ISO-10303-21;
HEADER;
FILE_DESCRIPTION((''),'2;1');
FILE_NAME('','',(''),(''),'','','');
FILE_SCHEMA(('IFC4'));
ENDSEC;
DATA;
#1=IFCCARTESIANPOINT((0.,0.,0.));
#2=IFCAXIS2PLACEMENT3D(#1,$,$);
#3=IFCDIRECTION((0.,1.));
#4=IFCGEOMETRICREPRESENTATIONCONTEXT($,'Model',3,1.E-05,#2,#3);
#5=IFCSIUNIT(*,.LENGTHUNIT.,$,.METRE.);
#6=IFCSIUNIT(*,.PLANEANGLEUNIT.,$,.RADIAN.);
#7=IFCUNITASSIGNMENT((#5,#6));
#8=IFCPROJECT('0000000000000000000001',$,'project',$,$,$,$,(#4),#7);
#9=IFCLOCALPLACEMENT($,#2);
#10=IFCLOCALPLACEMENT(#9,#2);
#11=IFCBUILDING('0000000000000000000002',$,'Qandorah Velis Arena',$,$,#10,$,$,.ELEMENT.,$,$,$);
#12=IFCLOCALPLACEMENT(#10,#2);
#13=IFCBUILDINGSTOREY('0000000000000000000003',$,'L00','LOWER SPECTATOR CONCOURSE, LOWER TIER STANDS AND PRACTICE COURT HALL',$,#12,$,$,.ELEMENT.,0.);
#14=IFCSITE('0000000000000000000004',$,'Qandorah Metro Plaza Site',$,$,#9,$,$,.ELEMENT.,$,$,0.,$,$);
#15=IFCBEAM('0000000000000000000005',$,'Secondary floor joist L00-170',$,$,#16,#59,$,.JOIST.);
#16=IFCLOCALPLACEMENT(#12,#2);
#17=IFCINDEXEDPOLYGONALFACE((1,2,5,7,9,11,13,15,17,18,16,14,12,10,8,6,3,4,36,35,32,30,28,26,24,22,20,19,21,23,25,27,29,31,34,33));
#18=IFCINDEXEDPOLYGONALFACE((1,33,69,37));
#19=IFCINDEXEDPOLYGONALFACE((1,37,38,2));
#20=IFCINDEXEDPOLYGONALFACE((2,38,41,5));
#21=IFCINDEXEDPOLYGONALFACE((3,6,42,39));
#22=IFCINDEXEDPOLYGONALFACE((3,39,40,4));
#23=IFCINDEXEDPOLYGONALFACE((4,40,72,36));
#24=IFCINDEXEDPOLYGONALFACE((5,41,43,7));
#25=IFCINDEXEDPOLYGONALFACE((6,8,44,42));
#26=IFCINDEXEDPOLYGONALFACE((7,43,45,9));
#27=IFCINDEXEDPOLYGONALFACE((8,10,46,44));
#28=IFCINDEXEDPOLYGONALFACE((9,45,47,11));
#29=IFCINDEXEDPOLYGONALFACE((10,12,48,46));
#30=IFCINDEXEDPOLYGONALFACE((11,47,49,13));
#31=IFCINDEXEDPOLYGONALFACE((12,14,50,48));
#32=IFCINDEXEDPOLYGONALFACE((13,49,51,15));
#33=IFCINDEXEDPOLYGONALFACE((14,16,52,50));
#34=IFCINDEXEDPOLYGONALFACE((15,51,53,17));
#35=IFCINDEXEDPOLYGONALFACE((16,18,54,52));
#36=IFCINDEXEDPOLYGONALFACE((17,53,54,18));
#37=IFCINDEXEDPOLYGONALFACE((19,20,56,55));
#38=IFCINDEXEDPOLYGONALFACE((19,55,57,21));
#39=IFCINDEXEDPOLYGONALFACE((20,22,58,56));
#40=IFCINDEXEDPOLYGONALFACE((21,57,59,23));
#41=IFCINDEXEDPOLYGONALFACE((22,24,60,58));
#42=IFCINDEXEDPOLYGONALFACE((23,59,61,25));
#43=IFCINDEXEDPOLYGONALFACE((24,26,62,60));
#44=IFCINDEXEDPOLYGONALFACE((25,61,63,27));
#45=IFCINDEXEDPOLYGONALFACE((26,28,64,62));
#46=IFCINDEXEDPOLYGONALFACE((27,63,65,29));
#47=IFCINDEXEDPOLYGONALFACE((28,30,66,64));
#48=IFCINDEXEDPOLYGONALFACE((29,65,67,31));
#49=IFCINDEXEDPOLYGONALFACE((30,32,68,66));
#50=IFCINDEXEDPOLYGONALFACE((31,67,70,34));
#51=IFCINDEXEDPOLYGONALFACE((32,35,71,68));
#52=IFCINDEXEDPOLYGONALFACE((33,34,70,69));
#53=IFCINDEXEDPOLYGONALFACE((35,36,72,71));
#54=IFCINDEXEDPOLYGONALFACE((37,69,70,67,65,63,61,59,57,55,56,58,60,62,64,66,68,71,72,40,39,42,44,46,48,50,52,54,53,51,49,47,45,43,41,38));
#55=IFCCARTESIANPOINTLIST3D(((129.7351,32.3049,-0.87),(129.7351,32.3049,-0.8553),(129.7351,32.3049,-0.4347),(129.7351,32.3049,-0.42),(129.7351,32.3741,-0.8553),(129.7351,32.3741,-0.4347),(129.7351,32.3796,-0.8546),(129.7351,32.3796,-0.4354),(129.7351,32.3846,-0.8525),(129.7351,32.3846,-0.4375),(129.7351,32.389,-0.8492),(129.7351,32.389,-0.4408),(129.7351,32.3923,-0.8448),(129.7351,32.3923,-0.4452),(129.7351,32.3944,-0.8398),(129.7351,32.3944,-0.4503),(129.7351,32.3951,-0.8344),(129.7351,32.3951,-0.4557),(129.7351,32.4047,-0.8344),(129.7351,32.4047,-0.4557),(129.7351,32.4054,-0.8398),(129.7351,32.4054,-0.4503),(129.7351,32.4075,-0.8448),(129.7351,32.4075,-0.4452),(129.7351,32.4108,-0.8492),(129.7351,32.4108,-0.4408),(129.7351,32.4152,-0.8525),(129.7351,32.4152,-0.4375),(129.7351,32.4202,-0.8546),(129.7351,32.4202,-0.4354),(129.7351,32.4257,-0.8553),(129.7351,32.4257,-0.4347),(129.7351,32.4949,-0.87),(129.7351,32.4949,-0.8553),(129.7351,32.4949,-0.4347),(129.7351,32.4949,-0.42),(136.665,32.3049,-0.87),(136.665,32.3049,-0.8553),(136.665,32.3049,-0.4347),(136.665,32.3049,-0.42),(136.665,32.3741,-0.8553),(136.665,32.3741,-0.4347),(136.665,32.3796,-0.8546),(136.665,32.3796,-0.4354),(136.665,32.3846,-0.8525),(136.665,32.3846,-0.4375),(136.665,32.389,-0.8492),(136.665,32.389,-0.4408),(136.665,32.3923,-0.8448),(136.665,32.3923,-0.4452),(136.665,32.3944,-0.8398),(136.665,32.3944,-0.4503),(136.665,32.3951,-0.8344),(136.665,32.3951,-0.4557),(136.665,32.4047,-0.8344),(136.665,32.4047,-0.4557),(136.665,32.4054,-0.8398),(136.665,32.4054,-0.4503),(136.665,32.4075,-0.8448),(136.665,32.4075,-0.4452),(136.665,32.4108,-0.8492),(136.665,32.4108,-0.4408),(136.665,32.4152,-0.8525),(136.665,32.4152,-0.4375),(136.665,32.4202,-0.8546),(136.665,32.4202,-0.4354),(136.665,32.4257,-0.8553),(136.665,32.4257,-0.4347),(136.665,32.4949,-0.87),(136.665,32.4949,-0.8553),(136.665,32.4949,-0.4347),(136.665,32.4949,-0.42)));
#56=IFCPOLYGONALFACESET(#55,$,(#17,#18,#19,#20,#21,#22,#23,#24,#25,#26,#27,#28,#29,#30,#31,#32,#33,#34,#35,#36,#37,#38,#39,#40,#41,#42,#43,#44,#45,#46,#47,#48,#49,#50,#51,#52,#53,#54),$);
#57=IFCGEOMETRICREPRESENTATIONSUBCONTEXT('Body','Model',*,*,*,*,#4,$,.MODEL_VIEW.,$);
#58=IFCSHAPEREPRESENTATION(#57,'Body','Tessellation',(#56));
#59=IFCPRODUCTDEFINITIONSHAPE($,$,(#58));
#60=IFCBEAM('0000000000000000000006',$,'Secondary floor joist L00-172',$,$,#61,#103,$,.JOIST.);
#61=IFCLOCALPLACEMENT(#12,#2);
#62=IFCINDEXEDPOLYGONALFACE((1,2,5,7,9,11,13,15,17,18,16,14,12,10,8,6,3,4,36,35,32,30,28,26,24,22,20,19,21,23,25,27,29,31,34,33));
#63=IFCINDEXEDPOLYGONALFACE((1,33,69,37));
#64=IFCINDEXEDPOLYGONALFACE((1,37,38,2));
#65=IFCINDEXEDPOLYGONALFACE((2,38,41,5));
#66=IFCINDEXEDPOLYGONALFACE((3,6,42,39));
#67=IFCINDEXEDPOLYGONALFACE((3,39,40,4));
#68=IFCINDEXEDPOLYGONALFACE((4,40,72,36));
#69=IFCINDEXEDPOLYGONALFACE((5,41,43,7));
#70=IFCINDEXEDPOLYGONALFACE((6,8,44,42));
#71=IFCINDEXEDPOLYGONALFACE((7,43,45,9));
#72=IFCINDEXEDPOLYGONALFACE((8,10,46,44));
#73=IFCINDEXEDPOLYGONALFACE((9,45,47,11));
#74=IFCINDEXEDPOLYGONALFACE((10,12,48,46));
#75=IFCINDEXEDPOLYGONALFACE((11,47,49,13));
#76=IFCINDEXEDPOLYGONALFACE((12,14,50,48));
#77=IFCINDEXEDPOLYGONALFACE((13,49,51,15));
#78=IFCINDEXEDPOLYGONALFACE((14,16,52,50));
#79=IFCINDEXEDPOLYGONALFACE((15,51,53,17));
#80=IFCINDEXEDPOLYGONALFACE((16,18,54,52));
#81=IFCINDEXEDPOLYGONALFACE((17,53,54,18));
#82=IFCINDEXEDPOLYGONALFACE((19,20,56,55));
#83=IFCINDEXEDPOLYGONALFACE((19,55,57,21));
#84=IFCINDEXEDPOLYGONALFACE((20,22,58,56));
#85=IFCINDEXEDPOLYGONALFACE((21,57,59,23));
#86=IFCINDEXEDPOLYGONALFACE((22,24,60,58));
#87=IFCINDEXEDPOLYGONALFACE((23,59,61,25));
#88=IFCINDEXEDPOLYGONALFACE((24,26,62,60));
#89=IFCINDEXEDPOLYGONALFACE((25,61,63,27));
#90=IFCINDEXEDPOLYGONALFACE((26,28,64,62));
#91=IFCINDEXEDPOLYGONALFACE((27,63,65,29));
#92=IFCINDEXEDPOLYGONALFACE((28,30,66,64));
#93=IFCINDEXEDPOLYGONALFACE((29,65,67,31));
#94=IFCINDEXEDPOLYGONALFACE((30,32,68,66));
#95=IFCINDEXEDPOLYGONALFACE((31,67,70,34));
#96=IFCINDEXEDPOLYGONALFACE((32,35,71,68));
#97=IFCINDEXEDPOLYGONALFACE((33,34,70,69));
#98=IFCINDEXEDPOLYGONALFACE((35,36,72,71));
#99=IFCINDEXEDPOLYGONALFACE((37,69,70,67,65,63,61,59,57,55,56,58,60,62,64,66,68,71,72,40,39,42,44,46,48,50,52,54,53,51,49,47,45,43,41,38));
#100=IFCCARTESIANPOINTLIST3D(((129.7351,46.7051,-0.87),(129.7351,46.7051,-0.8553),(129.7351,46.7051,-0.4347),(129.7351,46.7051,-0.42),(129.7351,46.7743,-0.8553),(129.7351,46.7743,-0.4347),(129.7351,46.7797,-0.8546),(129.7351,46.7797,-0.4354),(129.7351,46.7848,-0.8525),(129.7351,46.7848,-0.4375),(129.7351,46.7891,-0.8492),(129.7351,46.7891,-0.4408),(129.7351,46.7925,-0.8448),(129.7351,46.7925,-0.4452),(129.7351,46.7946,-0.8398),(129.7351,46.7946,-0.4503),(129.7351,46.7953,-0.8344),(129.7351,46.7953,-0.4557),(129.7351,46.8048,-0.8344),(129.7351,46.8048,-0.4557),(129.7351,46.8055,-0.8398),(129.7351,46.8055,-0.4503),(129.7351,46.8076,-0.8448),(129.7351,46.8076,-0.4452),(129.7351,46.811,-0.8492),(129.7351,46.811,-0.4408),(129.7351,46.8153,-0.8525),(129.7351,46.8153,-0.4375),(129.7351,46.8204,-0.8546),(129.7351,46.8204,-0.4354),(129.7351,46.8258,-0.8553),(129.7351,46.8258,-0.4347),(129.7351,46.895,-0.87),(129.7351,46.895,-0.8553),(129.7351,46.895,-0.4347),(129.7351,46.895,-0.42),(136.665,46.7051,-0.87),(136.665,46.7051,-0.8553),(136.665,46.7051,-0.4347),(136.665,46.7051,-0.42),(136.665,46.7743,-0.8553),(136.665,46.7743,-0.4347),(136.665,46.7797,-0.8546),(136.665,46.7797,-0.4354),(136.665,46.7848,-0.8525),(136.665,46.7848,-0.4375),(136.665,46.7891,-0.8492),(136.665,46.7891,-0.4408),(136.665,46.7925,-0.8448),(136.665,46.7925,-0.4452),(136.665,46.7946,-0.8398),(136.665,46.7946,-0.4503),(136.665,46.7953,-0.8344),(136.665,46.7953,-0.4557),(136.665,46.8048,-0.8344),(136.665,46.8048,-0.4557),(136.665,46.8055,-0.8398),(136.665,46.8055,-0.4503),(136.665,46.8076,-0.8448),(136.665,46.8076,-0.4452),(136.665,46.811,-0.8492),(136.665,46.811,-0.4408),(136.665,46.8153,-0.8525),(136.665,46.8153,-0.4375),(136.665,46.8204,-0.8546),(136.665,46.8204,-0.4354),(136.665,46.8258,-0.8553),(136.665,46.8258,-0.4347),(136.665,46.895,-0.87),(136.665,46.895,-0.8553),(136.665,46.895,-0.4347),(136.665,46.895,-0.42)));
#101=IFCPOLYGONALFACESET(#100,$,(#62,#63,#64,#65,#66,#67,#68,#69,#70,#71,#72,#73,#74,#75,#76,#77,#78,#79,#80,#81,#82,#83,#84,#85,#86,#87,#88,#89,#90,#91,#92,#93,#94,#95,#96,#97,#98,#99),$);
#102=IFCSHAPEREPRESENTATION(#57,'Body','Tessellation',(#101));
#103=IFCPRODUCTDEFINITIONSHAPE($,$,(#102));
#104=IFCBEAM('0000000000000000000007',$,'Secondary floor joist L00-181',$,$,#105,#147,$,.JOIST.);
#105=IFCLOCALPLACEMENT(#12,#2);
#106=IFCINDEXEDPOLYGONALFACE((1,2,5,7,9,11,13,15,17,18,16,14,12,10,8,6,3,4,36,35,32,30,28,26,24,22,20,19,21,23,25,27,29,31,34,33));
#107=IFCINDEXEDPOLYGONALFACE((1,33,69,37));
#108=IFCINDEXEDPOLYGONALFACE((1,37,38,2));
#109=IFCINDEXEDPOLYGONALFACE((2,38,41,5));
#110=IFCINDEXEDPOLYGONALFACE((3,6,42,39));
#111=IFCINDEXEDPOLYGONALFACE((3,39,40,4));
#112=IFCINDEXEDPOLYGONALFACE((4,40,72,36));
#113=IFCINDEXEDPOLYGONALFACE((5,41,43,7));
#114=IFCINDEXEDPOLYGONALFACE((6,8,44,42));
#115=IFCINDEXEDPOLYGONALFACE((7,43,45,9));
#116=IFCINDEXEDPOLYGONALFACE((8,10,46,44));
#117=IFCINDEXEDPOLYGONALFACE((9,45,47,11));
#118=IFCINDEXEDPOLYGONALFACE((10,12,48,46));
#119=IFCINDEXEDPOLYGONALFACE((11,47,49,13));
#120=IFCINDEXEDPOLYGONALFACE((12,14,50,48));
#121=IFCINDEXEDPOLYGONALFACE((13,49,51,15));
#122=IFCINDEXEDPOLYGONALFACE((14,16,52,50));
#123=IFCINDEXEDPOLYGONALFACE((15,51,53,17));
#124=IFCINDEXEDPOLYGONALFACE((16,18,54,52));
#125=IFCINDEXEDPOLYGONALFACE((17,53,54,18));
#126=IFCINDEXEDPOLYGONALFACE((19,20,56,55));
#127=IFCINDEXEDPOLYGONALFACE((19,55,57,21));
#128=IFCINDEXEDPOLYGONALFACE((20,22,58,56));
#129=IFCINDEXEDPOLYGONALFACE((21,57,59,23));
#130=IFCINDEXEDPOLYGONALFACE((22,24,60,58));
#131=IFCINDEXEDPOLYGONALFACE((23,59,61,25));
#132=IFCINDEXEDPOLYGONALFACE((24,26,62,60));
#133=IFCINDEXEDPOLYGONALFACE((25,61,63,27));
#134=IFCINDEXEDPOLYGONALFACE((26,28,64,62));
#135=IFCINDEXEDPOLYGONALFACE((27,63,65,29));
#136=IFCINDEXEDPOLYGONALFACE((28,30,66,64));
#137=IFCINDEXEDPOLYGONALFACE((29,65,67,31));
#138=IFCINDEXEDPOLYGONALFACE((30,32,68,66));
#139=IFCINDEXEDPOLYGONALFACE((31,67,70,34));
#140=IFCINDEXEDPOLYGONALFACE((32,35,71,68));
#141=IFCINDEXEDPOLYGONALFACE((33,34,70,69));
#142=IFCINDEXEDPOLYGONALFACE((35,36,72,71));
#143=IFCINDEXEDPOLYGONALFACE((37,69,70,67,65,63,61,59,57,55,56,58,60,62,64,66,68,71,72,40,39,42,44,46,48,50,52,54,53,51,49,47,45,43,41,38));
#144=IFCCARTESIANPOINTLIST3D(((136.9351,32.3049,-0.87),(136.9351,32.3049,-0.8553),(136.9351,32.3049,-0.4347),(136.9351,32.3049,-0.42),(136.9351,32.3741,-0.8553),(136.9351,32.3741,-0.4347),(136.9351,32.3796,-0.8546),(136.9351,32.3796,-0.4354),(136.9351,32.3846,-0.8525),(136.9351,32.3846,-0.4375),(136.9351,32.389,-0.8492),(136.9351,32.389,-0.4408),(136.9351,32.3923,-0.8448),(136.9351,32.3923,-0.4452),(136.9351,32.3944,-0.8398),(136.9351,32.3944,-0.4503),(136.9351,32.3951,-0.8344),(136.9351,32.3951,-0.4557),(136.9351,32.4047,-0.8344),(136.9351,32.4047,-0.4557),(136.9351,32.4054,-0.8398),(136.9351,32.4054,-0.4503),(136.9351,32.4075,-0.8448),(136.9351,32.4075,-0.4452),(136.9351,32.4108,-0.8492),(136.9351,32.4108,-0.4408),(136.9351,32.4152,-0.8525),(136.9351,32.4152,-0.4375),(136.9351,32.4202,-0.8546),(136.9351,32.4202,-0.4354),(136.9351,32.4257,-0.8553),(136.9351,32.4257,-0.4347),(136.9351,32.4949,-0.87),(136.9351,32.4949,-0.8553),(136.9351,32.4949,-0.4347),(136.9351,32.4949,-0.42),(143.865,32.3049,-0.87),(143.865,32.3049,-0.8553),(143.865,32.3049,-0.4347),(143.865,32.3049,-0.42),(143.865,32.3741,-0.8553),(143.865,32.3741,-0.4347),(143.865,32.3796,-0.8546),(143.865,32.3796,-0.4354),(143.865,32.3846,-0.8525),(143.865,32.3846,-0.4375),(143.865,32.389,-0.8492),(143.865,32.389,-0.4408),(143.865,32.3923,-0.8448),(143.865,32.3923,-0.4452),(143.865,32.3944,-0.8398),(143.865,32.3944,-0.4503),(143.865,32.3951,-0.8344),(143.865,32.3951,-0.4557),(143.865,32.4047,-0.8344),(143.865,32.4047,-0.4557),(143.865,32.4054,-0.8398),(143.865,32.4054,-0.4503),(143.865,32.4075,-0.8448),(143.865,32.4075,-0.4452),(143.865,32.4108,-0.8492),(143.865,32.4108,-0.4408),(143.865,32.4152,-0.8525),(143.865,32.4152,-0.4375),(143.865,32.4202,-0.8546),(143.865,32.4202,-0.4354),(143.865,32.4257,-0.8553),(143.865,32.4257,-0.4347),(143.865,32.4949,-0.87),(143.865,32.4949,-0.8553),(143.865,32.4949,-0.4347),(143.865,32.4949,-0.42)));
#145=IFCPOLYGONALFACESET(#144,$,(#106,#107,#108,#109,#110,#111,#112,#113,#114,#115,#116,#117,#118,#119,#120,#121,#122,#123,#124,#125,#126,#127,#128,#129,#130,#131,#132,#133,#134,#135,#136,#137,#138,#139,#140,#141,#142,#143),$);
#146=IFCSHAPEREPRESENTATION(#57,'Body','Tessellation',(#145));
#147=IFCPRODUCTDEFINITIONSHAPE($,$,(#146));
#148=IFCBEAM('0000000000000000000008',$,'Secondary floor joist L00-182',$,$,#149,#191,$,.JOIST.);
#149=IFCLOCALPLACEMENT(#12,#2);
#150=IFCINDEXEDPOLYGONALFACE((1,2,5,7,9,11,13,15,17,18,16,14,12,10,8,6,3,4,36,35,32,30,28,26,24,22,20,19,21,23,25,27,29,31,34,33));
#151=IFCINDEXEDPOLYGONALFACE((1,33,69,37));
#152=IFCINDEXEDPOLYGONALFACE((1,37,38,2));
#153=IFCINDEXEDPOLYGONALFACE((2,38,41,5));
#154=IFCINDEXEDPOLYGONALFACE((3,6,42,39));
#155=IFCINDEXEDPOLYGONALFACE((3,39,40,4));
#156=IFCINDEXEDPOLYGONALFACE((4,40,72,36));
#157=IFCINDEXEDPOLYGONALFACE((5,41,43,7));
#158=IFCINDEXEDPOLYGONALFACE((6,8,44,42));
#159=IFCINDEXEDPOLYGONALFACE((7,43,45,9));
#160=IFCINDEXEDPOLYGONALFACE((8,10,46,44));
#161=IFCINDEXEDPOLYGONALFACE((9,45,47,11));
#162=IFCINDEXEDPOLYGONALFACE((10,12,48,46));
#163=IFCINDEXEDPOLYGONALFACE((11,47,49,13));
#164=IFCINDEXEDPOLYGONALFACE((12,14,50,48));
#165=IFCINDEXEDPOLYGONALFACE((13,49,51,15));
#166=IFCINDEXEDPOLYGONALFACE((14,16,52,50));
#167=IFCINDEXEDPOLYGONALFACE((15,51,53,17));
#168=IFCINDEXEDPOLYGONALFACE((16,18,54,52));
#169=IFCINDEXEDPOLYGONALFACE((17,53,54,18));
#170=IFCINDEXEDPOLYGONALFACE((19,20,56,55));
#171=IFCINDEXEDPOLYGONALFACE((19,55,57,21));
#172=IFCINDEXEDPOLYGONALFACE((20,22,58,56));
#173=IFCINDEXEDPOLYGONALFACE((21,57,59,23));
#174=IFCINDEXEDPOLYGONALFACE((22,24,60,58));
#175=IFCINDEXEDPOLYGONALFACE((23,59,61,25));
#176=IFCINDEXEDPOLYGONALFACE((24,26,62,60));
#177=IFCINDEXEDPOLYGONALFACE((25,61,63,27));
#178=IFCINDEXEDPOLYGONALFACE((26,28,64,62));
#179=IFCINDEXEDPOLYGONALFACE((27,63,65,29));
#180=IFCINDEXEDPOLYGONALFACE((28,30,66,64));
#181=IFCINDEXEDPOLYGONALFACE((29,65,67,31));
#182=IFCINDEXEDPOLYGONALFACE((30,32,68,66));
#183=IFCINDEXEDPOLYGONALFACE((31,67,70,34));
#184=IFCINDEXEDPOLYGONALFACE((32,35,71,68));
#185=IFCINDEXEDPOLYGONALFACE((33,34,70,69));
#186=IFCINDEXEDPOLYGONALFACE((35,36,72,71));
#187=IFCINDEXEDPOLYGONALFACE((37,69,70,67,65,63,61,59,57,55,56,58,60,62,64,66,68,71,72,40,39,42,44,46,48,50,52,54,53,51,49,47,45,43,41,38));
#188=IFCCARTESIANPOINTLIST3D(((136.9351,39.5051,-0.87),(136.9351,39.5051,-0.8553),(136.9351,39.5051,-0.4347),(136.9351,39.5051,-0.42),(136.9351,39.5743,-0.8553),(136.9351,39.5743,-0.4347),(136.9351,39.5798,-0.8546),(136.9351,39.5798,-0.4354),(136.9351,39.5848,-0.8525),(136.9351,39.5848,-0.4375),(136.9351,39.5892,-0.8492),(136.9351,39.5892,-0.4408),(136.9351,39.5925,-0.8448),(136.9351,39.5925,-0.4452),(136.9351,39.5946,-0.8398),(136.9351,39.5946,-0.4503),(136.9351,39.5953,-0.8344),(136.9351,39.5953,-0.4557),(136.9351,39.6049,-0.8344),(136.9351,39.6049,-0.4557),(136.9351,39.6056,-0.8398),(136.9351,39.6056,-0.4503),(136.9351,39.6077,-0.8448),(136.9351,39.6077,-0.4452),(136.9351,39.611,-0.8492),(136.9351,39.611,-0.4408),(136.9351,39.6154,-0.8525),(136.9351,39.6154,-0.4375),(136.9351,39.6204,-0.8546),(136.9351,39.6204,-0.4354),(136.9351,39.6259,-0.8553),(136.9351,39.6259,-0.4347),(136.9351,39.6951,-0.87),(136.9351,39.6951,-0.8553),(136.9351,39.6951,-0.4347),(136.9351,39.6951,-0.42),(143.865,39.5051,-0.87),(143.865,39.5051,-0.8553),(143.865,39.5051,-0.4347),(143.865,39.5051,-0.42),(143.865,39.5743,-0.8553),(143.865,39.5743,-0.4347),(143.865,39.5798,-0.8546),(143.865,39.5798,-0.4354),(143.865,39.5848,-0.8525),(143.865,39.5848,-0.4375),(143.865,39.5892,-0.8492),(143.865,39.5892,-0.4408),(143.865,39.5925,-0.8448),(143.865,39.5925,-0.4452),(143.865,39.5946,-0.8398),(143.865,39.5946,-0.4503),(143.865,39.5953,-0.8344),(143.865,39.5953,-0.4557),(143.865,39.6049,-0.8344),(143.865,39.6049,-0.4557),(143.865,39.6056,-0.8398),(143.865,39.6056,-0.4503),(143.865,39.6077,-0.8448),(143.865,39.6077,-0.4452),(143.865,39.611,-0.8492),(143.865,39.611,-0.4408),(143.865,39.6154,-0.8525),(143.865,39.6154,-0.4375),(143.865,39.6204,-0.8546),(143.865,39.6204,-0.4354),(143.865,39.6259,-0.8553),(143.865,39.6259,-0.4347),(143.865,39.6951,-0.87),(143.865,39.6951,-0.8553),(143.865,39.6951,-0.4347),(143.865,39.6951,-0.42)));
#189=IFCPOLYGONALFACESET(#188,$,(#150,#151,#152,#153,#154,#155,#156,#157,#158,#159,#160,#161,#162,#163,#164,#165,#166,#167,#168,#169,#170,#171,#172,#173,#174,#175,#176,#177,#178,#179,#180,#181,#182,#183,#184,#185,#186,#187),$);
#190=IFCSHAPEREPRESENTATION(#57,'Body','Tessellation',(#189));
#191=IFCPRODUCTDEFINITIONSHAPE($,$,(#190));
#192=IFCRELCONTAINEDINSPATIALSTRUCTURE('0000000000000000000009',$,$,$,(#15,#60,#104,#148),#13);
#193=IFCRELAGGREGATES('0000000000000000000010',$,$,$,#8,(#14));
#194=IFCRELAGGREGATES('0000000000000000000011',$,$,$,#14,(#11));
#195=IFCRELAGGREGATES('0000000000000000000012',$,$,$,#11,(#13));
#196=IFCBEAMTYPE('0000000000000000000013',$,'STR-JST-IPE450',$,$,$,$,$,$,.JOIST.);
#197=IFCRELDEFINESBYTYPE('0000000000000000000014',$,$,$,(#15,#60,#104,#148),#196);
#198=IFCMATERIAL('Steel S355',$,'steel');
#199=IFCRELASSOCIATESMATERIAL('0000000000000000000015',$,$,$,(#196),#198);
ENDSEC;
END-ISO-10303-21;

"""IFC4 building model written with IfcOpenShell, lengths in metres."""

from ifc_helpers import new_model, si_unit, direction, frame, origin, origin_2d, place, context, subcontext, project, spatial, i_section, extrude, material, material_profile, profile_set, type_object, element, save


model = new_model("IFC4")

# Units and contexts
model_context = context("Model", 3, precision=1e-05, world=origin(), true_north=direction((0.0, 1.0)))
body_context = subcontext(model_context, "Body", "Model", "MODEL_VIEW")
ifc_project = project(units=[si_unit("LENGTHUNIT", "METRE"), si_unit("PLANEANGLEUNIT", "RADIAN")], contexts=[model_context])

# Site, building, storey
site_placement = place(None, origin())
site = spatial("IfcSite", under=ifc_project, at=site_placement, Name="Qandorah Metro Plaza Site", CompositionType="ELEMENT", RefElevation=0.0)
building_placement = place(site_placement, origin())
building = spatial("IfcBuilding", under=site, at=building_placement, Name="Qandorah Velis Arena", CompositionType="ELEMENT")
storey_placement = place(building_placement, origin())
storey = spatial("IfcBuildingStorey", under=building, at=storey_placement, Name="L00", Description="LOWER SPECTATOR CONCOURSE, LOWER TIER STANDS AND PRACTICE COURT HALL", CompositionType="ELEMENT", Elevation=0.0)

# Shared definitions
ifc_material_1 = material(Name="Steel S355", Category="steel")

# Beams
ifc_material_profile_1 = material_profile(ifc_material_1, i_section(OverallWidth=0.1899, OverallDepth=0.45, WebThickness=0.0095, FlangeThickness=0.0146, FilletRadius=0.021, at=origin_2d()), Name="IPE 450")
ifc_profile_set_1 = profile_set([ifc_material_profile_1], Name="Steel S355")
beam_type_1 = type_object("IfcBeamType", Name="STR-JST-IPE450", PredefinedType="JOIST", material=ifc_profile_set_1)
for number, where, z_axis, x_axis, name in (
    (1, (129.7351, 32.3999, -0.645), (1.0, 0.0, 0.0), (0.0, 1.0, 0.0), "Secondary floor joist L00-170"),
    (2, (129.7351, 46.8, -0.645), (1.0, 0.0, 0.0), (0.0, 1.0, 0.0), "Secondary floor joist L00-172"),
    (3, (136.9351, 32.3999, -0.645), (1.0, 0.0, 0.0), (0.0, 1.0, 0.0), "Secondary floor joist L00-181"),
    (4, (136.9351, 39.6001, -0.645), (1.0, 0.0, 0.0), (0.0, 1.0, 0.0), "Secondary floor joist L00-182"),
):
    element("IfcBeam", number, at=place(storey_placement, frame(where, z_axis=z_axis, x_axis=x_axis)), inside=storey, type_object=beam_type_1, Name=name, PredefinedType="JOIST", context=body_context, shape_type="SweptSolid", body=[
        extrude(i_section(OverallWidth=0.1899, OverallDepth=0.45, WebThickness=0.0095, FlangeThickness=0.0146, FilletRadius=0.021, at=origin_2d()), origin(), (0.0, 0.0, 1.0), 6.9299),
    ])

save(model, "model.ifc")
